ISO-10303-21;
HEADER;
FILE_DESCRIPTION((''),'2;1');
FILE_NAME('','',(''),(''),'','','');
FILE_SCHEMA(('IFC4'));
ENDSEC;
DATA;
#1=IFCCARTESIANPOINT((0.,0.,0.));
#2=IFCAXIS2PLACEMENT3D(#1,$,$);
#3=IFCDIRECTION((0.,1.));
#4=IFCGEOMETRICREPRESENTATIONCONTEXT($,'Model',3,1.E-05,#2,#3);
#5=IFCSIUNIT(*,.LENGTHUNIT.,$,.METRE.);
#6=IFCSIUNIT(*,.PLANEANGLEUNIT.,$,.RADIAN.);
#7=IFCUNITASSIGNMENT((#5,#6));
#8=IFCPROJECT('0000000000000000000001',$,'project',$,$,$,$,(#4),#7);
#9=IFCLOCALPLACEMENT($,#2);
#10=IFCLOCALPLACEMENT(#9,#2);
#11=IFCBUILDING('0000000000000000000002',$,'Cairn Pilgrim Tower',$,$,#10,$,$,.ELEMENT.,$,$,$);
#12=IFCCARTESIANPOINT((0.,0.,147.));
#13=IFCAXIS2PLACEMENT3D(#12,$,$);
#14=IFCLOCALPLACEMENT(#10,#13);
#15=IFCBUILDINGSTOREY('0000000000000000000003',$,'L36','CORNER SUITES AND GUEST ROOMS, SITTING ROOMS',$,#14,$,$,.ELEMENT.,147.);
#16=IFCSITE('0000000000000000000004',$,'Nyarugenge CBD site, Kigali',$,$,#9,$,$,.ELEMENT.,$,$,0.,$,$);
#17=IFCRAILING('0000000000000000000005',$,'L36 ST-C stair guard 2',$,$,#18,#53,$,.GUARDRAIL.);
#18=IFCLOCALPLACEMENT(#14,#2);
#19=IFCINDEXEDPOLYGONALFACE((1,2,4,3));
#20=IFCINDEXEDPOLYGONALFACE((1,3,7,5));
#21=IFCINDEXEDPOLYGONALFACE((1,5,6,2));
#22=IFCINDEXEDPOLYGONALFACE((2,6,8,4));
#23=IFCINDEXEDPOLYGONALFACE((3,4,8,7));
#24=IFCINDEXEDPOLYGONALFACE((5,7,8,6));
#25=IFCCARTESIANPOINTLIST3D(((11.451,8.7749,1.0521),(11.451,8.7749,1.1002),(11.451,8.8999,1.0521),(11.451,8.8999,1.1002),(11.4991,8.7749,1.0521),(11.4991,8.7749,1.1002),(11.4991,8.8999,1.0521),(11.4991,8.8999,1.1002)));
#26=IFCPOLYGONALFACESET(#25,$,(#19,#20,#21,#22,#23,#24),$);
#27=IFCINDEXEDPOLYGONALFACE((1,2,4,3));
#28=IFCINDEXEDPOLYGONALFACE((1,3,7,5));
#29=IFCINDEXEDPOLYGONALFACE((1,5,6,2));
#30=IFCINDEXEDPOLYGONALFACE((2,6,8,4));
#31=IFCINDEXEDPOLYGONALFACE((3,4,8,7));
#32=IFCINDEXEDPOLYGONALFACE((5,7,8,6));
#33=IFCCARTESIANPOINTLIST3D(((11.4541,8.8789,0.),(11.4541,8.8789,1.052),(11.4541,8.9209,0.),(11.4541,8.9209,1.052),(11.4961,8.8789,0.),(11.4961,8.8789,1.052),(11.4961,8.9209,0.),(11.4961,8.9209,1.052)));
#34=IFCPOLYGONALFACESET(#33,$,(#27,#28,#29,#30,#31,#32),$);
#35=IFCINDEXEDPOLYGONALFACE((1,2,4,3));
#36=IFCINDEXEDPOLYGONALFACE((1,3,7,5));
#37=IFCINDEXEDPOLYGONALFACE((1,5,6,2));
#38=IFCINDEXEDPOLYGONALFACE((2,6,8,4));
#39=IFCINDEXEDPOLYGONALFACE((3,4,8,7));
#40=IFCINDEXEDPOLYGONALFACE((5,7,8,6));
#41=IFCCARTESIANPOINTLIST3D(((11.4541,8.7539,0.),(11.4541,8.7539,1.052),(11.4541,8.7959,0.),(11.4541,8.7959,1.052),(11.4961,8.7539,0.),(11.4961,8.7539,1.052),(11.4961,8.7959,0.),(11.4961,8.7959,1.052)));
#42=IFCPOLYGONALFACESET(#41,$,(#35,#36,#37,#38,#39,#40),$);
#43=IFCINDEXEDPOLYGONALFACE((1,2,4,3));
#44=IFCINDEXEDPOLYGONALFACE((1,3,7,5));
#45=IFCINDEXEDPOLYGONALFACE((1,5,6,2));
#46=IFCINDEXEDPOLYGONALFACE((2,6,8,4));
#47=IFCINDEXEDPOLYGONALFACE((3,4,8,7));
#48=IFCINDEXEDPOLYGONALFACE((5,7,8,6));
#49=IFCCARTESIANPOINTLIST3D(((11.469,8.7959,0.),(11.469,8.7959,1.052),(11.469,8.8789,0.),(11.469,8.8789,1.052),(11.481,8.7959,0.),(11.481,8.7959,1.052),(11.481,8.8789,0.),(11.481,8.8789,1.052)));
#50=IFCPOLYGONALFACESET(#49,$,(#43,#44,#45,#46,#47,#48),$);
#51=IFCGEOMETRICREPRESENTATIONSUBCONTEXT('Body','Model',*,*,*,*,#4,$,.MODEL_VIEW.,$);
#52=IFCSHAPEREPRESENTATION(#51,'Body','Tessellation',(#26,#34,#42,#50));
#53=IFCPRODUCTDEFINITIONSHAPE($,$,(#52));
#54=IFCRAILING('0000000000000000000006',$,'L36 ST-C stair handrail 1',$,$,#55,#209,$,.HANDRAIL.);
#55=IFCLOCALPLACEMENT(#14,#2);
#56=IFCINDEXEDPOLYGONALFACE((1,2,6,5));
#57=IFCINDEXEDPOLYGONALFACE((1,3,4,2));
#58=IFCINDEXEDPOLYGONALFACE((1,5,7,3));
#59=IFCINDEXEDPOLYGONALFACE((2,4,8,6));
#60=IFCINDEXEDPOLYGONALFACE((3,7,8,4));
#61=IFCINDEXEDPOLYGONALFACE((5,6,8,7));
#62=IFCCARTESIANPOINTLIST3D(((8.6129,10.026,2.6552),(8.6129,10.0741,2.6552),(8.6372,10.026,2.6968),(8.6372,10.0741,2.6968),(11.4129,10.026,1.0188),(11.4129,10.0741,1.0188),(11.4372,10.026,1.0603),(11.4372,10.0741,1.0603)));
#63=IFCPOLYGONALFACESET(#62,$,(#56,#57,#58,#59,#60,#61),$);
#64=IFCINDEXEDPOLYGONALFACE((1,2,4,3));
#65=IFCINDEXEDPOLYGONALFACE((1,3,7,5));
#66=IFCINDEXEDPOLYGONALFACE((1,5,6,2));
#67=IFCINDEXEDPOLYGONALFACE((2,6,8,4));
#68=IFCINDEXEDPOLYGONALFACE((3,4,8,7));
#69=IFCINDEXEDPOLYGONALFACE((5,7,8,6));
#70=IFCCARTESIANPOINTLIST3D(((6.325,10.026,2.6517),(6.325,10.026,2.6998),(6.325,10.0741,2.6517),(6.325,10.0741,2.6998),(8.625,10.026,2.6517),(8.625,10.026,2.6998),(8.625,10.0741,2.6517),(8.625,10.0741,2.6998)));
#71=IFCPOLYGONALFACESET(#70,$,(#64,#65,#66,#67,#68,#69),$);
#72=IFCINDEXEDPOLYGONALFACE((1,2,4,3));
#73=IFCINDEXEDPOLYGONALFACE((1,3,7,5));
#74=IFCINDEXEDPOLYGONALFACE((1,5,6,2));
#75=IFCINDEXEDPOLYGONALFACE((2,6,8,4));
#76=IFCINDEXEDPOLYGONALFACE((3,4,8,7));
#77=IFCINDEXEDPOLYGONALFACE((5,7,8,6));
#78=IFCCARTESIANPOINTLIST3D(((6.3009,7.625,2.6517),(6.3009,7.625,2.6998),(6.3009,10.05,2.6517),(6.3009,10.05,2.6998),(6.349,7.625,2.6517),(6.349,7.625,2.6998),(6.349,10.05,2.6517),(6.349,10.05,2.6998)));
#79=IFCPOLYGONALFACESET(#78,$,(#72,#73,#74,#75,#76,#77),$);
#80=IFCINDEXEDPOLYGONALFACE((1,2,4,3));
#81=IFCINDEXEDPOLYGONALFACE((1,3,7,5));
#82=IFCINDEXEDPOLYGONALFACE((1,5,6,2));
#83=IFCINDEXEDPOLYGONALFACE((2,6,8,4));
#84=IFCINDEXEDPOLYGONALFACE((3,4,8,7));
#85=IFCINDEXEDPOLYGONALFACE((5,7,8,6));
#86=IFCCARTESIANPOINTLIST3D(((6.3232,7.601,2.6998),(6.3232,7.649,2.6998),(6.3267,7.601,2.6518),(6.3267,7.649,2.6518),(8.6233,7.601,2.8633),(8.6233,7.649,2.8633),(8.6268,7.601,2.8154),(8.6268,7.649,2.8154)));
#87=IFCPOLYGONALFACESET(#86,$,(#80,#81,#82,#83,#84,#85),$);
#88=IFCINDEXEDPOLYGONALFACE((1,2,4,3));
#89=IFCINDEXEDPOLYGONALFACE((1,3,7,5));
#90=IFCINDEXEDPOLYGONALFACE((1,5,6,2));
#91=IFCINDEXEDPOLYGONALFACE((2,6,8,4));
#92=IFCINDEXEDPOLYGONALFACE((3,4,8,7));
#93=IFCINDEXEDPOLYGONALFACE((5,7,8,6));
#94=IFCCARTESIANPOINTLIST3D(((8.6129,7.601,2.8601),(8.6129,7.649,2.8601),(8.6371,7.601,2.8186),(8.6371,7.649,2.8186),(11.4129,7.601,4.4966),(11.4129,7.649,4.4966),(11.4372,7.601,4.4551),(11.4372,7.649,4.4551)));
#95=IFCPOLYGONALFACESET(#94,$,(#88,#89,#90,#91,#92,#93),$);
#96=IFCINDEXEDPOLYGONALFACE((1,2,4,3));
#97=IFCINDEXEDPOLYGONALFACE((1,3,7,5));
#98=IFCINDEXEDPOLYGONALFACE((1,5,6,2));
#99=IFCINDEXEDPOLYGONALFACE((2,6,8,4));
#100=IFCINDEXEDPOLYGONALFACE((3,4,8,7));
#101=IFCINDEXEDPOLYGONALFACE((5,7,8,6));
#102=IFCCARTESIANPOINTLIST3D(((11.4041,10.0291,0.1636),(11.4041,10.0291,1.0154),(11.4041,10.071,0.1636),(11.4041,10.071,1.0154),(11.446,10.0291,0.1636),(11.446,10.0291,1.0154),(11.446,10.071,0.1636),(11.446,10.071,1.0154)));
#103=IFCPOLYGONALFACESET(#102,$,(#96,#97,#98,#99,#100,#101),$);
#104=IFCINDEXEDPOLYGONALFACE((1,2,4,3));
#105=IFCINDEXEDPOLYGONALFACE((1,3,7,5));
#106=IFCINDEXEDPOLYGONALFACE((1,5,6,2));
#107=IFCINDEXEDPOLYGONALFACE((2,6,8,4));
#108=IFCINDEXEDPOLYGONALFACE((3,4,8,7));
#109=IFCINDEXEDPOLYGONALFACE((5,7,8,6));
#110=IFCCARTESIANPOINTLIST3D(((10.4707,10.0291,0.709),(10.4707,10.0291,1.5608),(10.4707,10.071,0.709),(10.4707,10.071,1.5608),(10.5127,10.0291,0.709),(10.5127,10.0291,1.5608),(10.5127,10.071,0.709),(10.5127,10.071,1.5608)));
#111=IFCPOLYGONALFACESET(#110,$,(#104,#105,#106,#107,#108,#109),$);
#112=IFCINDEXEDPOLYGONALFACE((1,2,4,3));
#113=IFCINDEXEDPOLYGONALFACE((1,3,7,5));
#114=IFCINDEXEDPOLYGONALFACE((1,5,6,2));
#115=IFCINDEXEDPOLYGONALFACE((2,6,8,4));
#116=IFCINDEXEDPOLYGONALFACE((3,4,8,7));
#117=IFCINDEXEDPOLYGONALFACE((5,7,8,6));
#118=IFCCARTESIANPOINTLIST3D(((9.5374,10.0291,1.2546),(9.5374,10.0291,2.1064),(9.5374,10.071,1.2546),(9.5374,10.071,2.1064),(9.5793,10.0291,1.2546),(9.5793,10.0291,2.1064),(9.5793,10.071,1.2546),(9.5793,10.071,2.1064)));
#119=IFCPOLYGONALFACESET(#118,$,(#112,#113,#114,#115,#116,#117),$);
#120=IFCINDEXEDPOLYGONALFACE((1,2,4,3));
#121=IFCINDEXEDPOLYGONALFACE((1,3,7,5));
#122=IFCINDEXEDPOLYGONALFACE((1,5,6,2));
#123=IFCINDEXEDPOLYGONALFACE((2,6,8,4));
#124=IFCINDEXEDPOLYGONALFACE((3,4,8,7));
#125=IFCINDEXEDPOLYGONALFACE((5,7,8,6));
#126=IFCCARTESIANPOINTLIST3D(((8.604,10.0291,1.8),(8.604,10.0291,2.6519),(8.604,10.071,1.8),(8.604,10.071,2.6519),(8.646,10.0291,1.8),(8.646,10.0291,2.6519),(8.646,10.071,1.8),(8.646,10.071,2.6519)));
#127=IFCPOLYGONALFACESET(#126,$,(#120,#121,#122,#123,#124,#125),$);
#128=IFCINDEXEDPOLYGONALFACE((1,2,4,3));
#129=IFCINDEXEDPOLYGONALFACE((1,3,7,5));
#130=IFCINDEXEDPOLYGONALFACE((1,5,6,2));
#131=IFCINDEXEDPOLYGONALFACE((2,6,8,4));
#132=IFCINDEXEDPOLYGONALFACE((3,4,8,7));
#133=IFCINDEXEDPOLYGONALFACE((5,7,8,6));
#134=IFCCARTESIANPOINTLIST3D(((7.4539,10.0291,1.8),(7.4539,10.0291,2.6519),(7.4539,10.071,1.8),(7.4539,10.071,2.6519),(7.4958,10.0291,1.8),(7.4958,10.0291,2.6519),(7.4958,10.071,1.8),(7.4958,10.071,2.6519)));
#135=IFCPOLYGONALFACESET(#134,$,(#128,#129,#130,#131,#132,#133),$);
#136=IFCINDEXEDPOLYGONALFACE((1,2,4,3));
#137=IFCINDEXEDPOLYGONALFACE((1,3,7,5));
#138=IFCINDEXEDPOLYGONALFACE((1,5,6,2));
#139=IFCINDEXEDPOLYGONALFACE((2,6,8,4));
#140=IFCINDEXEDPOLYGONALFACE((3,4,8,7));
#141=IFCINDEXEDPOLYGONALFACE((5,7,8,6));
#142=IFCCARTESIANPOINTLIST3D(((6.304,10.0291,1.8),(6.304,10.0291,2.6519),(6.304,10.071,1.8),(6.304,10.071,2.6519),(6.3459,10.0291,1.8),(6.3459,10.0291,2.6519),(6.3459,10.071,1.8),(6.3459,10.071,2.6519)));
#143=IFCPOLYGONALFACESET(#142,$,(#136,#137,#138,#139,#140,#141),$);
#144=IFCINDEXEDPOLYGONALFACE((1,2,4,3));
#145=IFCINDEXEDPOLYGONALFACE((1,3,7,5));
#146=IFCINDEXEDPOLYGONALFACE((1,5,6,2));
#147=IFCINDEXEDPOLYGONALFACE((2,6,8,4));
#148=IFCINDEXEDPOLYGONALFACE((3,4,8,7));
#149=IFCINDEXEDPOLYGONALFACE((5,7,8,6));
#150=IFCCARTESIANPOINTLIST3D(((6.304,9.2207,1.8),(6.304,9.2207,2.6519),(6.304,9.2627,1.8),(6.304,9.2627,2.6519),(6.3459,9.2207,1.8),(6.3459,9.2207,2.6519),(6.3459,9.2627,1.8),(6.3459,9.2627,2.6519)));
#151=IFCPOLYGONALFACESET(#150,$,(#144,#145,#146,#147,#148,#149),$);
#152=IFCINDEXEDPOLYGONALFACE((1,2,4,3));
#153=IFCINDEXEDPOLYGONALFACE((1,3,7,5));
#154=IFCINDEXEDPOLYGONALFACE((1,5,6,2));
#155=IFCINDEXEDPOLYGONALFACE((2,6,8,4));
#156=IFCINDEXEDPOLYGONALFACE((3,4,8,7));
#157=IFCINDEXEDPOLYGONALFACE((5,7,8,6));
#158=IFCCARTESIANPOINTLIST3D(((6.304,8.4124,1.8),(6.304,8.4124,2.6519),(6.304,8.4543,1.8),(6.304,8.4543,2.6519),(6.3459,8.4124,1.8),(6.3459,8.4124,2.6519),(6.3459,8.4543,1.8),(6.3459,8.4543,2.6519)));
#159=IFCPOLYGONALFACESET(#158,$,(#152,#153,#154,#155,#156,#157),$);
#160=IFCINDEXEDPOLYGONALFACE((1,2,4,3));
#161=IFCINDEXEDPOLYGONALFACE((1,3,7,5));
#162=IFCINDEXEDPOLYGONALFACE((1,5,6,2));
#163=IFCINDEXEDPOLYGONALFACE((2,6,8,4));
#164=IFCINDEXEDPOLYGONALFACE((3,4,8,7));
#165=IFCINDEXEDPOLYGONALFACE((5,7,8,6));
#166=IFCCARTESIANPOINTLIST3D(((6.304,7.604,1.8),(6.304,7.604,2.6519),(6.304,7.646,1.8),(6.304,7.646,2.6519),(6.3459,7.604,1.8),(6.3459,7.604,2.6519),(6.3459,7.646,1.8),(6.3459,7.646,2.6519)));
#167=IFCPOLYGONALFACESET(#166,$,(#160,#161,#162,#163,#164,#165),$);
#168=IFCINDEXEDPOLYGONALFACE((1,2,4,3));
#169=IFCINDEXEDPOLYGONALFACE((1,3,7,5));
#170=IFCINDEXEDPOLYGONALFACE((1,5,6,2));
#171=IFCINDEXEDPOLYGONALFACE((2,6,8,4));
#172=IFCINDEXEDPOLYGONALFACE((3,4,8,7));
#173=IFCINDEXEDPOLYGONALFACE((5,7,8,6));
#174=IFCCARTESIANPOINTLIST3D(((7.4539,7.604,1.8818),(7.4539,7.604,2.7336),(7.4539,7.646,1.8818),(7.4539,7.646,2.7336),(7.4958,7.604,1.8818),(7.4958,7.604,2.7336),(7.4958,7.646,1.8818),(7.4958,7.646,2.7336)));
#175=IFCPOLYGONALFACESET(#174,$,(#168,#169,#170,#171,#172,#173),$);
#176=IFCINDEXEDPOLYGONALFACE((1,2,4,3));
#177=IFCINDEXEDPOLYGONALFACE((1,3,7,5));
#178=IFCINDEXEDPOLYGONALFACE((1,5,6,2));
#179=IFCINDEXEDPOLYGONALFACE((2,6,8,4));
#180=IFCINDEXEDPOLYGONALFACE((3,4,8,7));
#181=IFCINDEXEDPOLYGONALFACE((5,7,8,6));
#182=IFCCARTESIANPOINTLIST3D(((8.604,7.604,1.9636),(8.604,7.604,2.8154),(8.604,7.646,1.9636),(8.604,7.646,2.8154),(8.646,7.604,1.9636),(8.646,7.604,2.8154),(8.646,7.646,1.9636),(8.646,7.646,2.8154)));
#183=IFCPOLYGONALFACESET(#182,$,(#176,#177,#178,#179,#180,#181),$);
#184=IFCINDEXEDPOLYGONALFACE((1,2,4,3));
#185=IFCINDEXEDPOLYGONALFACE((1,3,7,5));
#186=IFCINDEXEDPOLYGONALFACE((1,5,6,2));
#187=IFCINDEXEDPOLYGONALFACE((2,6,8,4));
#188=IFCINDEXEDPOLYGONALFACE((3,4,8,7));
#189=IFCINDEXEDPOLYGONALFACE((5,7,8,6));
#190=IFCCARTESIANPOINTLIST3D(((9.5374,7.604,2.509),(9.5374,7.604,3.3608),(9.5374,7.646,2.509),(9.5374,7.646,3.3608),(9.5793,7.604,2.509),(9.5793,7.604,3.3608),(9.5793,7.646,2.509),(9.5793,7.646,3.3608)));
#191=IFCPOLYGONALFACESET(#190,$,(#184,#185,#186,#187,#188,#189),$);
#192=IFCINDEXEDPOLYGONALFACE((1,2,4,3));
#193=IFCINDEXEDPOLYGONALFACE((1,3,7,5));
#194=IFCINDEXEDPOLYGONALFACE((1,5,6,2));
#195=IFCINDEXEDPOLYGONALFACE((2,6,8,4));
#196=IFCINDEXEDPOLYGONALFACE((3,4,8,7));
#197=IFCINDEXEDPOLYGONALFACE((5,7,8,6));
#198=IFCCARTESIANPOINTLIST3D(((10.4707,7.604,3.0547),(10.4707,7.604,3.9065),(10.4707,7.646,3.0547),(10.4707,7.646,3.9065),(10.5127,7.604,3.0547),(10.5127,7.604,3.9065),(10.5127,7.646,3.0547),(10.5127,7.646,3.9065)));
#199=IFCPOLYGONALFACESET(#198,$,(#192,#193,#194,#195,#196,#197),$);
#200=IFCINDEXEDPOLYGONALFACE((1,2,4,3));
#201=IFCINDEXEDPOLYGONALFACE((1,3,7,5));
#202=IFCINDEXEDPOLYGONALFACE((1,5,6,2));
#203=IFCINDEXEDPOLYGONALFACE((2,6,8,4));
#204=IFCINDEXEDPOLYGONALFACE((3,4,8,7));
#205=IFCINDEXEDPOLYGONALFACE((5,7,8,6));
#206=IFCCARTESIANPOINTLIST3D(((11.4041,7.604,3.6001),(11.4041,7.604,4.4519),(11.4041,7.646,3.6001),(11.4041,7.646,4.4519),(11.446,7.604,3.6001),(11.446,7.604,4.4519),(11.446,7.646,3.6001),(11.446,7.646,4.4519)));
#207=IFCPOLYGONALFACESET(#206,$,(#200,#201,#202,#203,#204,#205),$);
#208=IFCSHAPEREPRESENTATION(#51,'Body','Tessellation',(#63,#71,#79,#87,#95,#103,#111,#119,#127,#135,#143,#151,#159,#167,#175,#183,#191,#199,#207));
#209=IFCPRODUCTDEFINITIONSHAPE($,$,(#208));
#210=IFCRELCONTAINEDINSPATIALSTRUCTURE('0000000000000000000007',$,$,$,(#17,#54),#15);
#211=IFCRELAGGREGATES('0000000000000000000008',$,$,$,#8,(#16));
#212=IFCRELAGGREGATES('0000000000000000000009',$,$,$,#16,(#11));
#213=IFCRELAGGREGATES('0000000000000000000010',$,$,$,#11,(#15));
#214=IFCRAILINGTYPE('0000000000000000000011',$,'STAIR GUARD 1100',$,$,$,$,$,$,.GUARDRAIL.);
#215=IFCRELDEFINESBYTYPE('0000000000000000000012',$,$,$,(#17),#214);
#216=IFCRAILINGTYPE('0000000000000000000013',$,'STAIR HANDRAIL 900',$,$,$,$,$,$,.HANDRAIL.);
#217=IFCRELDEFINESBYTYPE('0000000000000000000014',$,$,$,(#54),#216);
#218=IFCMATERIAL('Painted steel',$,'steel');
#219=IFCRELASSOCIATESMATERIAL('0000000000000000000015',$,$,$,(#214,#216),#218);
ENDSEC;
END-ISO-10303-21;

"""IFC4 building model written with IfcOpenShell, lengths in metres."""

from ifc_helpers import new_model, si_unit, direction, frame, origin, origin_2d, place, context, subcontext, project, spatial, polyline, rectangle, outline, extrude, material, type_object, element, save


model = new_model("IFC4")

# Units and contexts
model_context = context("Model", 3, precision=1e-05, world=origin(), true_north=direction((0.0, 1.0)))
body_context = subcontext(model_context, "Body", "Model", "MODEL_VIEW")
ifc_project = project(units=[si_unit("LENGTHUNIT", "METRE"), si_unit("PLANEANGLEUNIT", "RADIAN")], contexts=[model_context])

# Site, building, storey
site_placement = place(None, origin())
site = spatial("IfcSite", under=ifc_project, at=site_placement, Name="Nyarugenge CBD site, Kigali", CompositionType="ELEMENT", RefElevation=0.0)
building_placement = place(site_placement, origin())
building = spatial("IfcBuilding", under=site, at=building_placement, Name="Cairn Pilgrim Tower", CompositionType="ELEMENT")
storey_placement = place(building_placement, frame((0.0, 0.0, 147.0)))
storey = spatial("IfcBuildingStorey", under=building, at=storey_placement, Name="L36", Description="CORNER SUITES AND GUEST ROOMS, SITTING ROOMS", CompositionType="ELEMENT", Elevation=147.0)

# Shared definitions
ifc_material_1 = material(Name="Painted steel", Category="steel")

# Railings
railing_type_1 = type_object("IfcRailingType", Name="STAIR GUARD 1100", PredefinedType="GUARDRAIL", material=ifc_material_1)
railing_1_placement = place(storey_placement, frame((11.4751, 8.8999, 0.0)))
element("IfcRailing", 1, at=railing_1_placement, inside=storey, type_object=railing_type_1, Name="L36 ST-C stair guard 2", PredefinedType="GUARDRAIL", context=body_context, shape_type="SweptSolid", body=[
    extrude(rectangle(XDim=0.0481, YDim=0.0481, at=origin_2d()), frame((0.0, 0.0, 1.0762), z_axis=(0.0, -1.0, 0.0), x_axis=(1.0, 0.0, 0.0)), (0.0, 0.0, 1.0), 0.125),
    extrude(rectangle(XDim=0.042, YDim=0.042, at=origin_2d()), origin(), (0.0, 0.0, 1.0), 1.052),
    extrude(rectangle(XDim=0.042, YDim=0.042, at=origin_2d()), frame((0.0, -0.125, 0.0)), (0.0, 0.0, 1.0), 1.052),
    extrude(outline(polyline([(0.021, 0.0), (0.104, 0.0), (0.104, 1.052), (0.021, 1.052), (0.021, 0.0)])), frame((0.0059, 0.0, 0.0), z_axis=(-1.0, 0.0, 0.0), x_axis=(0.0, -1.0, 0.0)), (0.0, 0.0, 1.0), 0.012),
])
railing_type_2 = type_object("IfcRailingType", Name="STAIR HANDRAIL 900", PredefinedType="HANDRAIL", material=ifc_material_1)
railing_2_placement = place(storey_placement, frame((11.425, 10.05, 0.1636)))
element("IfcRailing", 2, at=railing_2_placement, inside=storey, type_object=railing_type_2, Name="L36 ST-C stair handrail 1", PredefinedType="HANDRAIL", context=body_context, shape_type="SweptSolid", body=[
    extrude(rectangle(XDim=0.0481, YDim=0.0481, at=origin_2d()), frame((0.0, 0.0, 0.876), z_axis=(-0.863361, 0.0, 0.504587), x_axis=(0.0, -1.0, 0.0)), (0.0, 0.0, 1.0), 3.2432),
    extrude(rectangle(XDim=0.0481, YDim=0.0481, at=origin_2d()), frame((-2.8, 0.0, 2.5122), z_axis=(-1.0, 0.0, 0.0), x_axis=(0.0, -1.0, 0.0)), (0.0, 0.0, 1.0), 2.3),
    extrude(rectangle(XDim=0.0481, YDim=0.0481, at=origin_2d()), frame((-5.1001, 0.0, 2.5122), z_axis=(0.0, -1.0, 0.0), x_axis=(1.0, 0.0, 0.0)), (0.0, 0.0, 1.0), 2.425),
    extrude(rectangle(XDim=0.0481, YDim=0.0481, at=origin_2d()), frame((-5.1001, -2.425, 2.5122), z_axis=(0.997481, 0.0, 0.070939), x_axis=(0.0, 1.0, 0.0)), (0.0, 0.0, 1.0), 2.3059),
    extrude(rectangle(XDim=0.0481, YDim=0.0481, at=origin_2d()), frame((-2.8, -2.425, 2.6758), z_axis=(0.863361, 0.0, 0.504587), x_axis=(0.0, 1.0, 0.0)), (0.0, 0.0, 1.0), 3.2432),
    extrude(rectangle(XDim=0.042, YDim=0.042, at=origin_2d()), origin(), (0.0, 0.0, 1.0), 0.8518),
    extrude(rectangle(XDim=0.042, YDim=0.042, at=origin_2d()), frame((-0.9333, 0.0, 0.5454)), (0.0, 0.0, 1.0), 0.8518),
    extrude(rectangle(XDim=0.042, YDim=0.042, at=origin_2d()), frame((-1.8667, 0.0, 1.0911)), (0.0, 0.0, 1.0), 0.8518),
    extrude(rectangle(XDim=0.042, YDim=0.042, at=origin_2d()), frame((-2.8, 0.0, 1.6365)), (0.0, 0.0, 1.0), 0.8518),
    extrude(rectangle(XDim=0.042, YDim=0.042, at=origin_2d()), frame((-3.9502, 0.0, 1.6365)), (0.0, 0.0, 1.0), 0.8518),
    extrude(rectangle(XDim=0.042, YDim=0.042, at=origin_2d()), frame((-5.1001, 0.0, 1.6365)), (0.0, 0.0, 1.0), 0.8518),
    extrude(rectangle(XDim=0.042, YDim=0.042, at=origin_2d()), frame((-5.1001, -0.8083, 1.6365)), (0.0, 0.0, 1.0), 0.8518),
    extrude(rectangle(XDim=0.042, YDim=0.042, at=origin_2d()), frame((-5.1001, -1.6167, 1.6365)), (0.0, 0.0, 1.0), 0.8518),
    extrude(rectangle(XDim=0.042, YDim=0.042, at=origin_2d()), frame((-5.1001, -2.425, 1.6365)), (0.0, 0.0, 1.0), 0.8518),
    extrude(rectangle(XDim=0.042, YDim=0.042, at=origin_2d()), frame((-3.9502, -2.425, 1.7183)), (0.0, 0.0, 1.0), 0.8518),
    extrude(rectangle(XDim=0.042, YDim=0.042, at=origin_2d()), frame((-2.8, -2.425, 1.8)), (0.0, 0.0, 1.0), 0.8518),
    extrude(rectangle(XDim=0.042, YDim=0.042, at=origin_2d()), frame((-1.8667, -2.425, 2.3455)), (0.0, 0.0, 1.0), 0.8518),
    extrude(rectangle(XDim=0.042, YDim=0.042, at=origin_2d()), frame((-0.9333, -2.425, 2.8911)), (0.0, 0.0, 1.0), 0.8518),
    extrude(rectangle(XDim=0.042, YDim=0.042, at=origin_2d()), frame((0.0, -2.425, 3.4365)), (0.0, 0.0, 1.0), 0.8518),
])

save(model, "model.ifc")
